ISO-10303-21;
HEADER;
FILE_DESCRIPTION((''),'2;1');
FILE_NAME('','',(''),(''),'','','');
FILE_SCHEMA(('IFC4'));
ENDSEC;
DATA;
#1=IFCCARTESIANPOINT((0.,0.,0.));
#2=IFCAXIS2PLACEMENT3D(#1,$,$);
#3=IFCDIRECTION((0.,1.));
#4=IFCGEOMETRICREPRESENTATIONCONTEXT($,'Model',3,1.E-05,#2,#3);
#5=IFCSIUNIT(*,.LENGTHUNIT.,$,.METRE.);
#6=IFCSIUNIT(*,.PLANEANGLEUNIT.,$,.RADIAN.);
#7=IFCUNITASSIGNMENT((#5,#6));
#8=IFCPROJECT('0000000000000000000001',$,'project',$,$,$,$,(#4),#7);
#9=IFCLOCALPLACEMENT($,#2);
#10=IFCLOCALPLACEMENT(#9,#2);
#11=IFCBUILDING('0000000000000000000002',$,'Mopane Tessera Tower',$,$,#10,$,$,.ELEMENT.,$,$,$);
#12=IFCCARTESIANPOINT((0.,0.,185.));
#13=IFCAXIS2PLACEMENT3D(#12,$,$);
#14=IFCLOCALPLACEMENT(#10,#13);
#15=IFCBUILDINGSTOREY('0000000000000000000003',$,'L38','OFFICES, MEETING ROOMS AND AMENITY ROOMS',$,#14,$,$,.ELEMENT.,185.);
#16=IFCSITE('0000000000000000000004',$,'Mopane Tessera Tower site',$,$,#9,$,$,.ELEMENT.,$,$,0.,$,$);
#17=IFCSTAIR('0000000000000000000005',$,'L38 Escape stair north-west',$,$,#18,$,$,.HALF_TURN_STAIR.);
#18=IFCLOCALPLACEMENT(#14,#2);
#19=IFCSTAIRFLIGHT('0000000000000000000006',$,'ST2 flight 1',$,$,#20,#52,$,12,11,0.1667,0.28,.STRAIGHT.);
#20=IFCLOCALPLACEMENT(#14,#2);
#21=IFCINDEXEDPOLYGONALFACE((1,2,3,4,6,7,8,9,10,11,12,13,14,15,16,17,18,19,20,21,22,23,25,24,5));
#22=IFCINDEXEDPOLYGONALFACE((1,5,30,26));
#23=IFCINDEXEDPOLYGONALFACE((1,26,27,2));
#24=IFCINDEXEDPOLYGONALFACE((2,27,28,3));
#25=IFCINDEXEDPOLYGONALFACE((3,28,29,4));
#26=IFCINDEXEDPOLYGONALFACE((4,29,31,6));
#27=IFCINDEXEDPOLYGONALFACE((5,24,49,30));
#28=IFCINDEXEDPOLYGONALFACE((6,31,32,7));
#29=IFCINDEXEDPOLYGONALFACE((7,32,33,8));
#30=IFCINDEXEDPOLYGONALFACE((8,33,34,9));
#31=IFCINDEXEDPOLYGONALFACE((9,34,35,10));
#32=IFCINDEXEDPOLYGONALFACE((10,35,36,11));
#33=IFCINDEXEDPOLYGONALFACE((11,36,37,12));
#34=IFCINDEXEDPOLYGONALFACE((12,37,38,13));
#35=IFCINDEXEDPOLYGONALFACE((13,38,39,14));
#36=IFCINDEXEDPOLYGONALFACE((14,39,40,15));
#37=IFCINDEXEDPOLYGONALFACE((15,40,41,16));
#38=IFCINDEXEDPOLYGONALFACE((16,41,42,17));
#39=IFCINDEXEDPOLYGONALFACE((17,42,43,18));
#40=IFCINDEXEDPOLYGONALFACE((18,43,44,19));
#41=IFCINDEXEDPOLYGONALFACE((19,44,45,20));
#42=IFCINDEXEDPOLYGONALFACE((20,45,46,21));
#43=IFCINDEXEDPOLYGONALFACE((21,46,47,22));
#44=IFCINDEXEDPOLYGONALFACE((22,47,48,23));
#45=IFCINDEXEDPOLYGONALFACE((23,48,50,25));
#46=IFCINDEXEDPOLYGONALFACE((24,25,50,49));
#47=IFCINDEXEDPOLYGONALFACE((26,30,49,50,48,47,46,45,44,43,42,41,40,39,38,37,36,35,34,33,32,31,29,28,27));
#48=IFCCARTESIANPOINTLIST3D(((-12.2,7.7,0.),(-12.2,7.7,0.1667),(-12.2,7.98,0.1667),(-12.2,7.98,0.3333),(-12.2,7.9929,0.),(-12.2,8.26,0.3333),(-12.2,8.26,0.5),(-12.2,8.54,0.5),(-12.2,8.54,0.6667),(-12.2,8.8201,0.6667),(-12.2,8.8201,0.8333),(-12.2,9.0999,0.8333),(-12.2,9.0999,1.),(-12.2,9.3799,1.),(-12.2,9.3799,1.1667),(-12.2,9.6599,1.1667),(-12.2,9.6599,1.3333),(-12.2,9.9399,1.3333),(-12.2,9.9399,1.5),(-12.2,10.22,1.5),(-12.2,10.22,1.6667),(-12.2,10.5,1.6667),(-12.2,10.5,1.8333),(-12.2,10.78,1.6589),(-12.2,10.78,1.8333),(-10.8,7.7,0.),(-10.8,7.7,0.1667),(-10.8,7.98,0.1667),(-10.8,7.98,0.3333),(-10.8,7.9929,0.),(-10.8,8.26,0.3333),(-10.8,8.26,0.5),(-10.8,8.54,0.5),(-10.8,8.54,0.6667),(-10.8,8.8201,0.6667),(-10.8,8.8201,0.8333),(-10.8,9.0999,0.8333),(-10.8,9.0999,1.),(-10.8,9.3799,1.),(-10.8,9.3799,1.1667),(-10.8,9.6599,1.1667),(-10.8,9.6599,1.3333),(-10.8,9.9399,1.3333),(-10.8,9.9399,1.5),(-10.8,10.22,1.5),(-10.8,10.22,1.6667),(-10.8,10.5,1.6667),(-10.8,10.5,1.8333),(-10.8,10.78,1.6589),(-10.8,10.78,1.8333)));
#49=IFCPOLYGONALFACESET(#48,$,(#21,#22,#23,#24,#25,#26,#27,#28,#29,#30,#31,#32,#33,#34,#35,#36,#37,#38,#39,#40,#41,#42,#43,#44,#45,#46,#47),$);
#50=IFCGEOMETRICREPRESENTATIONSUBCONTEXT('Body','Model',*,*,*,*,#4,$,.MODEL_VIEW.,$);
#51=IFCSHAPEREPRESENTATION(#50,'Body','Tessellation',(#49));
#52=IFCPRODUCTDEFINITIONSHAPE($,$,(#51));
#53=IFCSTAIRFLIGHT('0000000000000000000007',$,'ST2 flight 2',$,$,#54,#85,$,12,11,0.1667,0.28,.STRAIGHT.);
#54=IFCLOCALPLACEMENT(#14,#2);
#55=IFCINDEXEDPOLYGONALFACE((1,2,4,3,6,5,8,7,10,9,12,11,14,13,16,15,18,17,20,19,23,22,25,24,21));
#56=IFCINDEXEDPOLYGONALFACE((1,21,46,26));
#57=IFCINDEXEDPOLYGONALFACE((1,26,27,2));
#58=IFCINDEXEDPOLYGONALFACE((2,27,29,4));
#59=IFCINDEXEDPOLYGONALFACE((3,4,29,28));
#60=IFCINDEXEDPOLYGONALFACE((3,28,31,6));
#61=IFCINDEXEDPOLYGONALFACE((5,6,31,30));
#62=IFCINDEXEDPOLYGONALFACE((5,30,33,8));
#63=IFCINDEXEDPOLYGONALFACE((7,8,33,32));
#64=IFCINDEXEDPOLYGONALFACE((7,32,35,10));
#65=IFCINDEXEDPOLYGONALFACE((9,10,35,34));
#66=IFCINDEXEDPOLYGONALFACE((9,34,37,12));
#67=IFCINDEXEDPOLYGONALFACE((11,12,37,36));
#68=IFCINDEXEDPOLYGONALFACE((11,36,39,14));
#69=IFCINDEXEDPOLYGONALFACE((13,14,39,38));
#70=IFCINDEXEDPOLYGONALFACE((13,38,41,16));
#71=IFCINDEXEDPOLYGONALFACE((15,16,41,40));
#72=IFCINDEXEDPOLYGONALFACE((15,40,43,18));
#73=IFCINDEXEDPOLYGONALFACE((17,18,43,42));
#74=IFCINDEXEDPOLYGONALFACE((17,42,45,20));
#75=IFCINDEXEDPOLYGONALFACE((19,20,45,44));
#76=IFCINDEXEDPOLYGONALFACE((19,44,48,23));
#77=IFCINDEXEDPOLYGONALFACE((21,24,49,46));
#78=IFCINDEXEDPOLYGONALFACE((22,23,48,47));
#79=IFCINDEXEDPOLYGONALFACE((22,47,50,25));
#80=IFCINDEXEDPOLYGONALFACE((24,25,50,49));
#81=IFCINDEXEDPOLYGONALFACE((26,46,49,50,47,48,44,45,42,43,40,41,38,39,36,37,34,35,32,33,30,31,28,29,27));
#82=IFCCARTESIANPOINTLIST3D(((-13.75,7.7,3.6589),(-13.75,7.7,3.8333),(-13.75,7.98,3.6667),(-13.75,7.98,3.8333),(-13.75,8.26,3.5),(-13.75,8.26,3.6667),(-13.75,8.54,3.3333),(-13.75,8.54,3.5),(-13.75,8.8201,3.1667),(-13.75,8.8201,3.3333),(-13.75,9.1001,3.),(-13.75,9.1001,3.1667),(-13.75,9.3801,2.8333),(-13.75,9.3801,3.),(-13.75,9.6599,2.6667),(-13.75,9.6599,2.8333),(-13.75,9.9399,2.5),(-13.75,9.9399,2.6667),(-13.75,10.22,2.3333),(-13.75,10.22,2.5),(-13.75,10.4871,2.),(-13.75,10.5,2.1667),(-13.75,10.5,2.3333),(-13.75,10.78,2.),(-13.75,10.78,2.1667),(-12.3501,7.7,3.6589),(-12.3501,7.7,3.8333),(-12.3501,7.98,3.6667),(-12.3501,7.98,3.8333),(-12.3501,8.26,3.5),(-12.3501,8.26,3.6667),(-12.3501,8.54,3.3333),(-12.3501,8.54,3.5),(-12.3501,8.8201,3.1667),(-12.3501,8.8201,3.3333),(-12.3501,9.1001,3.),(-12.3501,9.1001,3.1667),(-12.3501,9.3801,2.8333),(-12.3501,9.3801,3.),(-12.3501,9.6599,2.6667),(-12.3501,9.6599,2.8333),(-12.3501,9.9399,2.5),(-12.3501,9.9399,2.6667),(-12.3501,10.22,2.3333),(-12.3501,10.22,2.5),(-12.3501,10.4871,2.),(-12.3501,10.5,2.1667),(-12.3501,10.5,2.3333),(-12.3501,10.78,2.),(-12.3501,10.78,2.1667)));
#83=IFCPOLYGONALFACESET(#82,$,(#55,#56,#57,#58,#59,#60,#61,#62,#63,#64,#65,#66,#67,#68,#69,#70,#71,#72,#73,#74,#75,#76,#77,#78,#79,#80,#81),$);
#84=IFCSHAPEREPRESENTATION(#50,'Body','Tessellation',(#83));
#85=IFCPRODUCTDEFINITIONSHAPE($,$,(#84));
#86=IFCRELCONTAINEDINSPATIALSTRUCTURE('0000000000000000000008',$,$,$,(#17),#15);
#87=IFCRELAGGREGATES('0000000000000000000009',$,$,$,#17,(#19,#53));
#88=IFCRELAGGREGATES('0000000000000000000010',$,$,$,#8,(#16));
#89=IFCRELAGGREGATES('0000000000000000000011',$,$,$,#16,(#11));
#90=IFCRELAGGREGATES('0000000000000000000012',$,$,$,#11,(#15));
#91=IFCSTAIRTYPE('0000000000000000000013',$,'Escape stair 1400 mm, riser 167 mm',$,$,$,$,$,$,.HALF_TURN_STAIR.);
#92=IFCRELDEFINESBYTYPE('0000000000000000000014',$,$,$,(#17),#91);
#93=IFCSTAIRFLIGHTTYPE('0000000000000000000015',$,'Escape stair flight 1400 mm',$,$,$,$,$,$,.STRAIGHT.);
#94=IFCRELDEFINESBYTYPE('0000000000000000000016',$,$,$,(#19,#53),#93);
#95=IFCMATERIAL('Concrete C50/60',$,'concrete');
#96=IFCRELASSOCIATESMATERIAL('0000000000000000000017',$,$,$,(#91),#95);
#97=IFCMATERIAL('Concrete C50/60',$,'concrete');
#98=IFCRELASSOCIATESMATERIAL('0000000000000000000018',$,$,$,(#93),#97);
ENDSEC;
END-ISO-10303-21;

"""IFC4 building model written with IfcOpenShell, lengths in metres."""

from ifc_helpers import new_model, si_unit, direction, frame, origin, place, context, subcontext, project, spatial, polyline, outline, extrude, material, type_object, element, aggregate, save


model = new_model("IFC4")

# Units and contexts
model_context = context("Model", 3, precision=1e-05, world=origin(), true_north=direction((0.0, 1.0)))
body_context = subcontext(model_context, "Body", "Model", "MODEL_VIEW")
ifc_project = project(units=[si_unit("LENGTHUNIT", "METRE"), si_unit("PLANEANGLEUNIT", "RADIAN")], contexts=[model_context])

# Site, building, storey
site_placement = place(None, origin())
site = spatial("IfcSite", under=ifc_project, at=site_placement, Name="Mopane Tessera Tower site", CompositionType="ELEMENT", RefElevation=0.0)
building_placement = place(site_placement, origin())
building = spatial("IfcBuilding", under=site, at=building_placement, Name="Mopane Tessera Tower", CompositionType="ELEMENT")
storey_placement = place(building_placement, frame((0.0, 0.0, 185.0)))
storey = spatial("IfcBuildingStorey", under=building, at=storey_placement, Name="L38", Description="OFFICES, MEETING ROOMS AND AMENITY ROOMS", CompositionType="ELEMENT", Elevation=185.0)

# Stair, stair flights
ifc_material_1 = material(Name="Concrete C50/60", Category="concrete")
stair_type = type_object("IfcStairType", Name="Escape stair 1400 mm, riser 167 mm", PredefinedType="HALF_TURN_STAIR", material=ifc_material_1)
stair_placement = place(storey_placement, origin())
stair = element("IfcStair", 1, at=stair_placement, inside=storey, type_object=stair_type, Name="L38 Escape stair north-west", PredefinedType="HALF_TURN_STAIR")
ifc_material_2 = material(Name="Concrete C50/60", Category="concrete")
stair_flight_type = type_object("IfcStairFlightType", Name="Escape stair flight 1400 mm", PredefinedType="STRAIGHT", material=ifc_material_2)
stair_flight_1_placement = place(storey_placement, frame((-11.5, 7.7, 0.0), z_axis=(0.0, 0.0, 1.0), x_axis=(0.0, 1.0, 0.0)))
stair_flight_1 = element("IfcStairFlight", 2, at=stair_flight_1_placement, type_object=stair_flight_type, Name="ST2 flight 1", NumberOfRisers=12, NumberOfTreads=11, PredefinedType="STRAIGHT", RiserHeight=0.1667, TreadLength=0.28, context=body_context, shape_type="SweptSolid", body=[
    extrude(outline(polyline([(0.0, 0.0), (0.0, 0.1667), (0.28, 0.1667), (0.28, 0.3333), (0.5601, 0.3333), (0.5601, 0.5), (0.8401, 0.5), (0.8401, 0.6667), (1.1201, 0.6667), (1.1201, 0.8333), (1.3999, 0.8333), (1.3999, 1.0), (1.6799, 1.0), (1.6799, 1.1667), (1.96, 1.1667), (1.96, 1.3333), (2.24, 1.3333), (2.24, 1.5), (2.52, 1.5), (2.52, 1.6667), (2.8, 1.6667), (2.8, 1.8333), (3.0801, 1.8333), (3.0801, 2.0), (3.0801, 1.6589), (0.293, 0.0), (0.0, 0.0)])), frame((0.0, 0.7, 0.0), z_axis=(0.0, -1.0, 0.0), x_axis=(1.0, 0.0, 0.0)), (0.0, 0.0, 1.0), 1.3999),
])
stair_flight_2_placement = place(storey_placement, frame((-13.05, 10.78, 2.0), z_axis=(0.0, 0.0, 1.0), x_axis=(0.0, -1.0, 0.0)))
stair_flight_2 = element("IfcStairFlight", 3, at=stair_flight_2_placement, type_object=stair_flight_type, Name="ST2 flight 2", NumberOfRisers=12, NumberOfTreads=11, PredefinedType="STRAIGHT", RiserHeight=0.1667, TreadLength=0.28, context=body_context, shape_type="SweptSolid", body=[
    extrude(outline(polyline([(0.0, 0.0), (0.0, 0.1667), (0.28, 0.1667), (0.28, 0.3333), (0.5601, 0.3333), (0.5601, 0.5), (0.8401, 0.5), (0.8401, 0.6667), (1.1201, 0.6667), (1.1201, 0.8333), (1.3999, 0.8333), (1.3999, 1.0), (1.6799, 1.0), (1.6799, 1.1667), (1.96, 1.1667), (1.96, 1.3333), (2.24, 1.3333), (2.24, 1.5), (2.52, 1.5), (2.52, 1.6667), (2.8, 1.6667), (2.8, 1.8333), (3.0801, 1.8333), (3.0801, 2.0), (3.0801, 1.6589), (0.293, 0.0), (0.0, 0.0)])), frame((0.0, 0.7, 0.0), z_axis=(0.0, -1.0, 0.0), x_axis=(1.0, 0.0, 0.0)), (0.0, 0.0, 1.0), 1.3999),
])
aggregate(stair, [stair_flight_1, stair_flight_2])

save(model, "model.ifc")
